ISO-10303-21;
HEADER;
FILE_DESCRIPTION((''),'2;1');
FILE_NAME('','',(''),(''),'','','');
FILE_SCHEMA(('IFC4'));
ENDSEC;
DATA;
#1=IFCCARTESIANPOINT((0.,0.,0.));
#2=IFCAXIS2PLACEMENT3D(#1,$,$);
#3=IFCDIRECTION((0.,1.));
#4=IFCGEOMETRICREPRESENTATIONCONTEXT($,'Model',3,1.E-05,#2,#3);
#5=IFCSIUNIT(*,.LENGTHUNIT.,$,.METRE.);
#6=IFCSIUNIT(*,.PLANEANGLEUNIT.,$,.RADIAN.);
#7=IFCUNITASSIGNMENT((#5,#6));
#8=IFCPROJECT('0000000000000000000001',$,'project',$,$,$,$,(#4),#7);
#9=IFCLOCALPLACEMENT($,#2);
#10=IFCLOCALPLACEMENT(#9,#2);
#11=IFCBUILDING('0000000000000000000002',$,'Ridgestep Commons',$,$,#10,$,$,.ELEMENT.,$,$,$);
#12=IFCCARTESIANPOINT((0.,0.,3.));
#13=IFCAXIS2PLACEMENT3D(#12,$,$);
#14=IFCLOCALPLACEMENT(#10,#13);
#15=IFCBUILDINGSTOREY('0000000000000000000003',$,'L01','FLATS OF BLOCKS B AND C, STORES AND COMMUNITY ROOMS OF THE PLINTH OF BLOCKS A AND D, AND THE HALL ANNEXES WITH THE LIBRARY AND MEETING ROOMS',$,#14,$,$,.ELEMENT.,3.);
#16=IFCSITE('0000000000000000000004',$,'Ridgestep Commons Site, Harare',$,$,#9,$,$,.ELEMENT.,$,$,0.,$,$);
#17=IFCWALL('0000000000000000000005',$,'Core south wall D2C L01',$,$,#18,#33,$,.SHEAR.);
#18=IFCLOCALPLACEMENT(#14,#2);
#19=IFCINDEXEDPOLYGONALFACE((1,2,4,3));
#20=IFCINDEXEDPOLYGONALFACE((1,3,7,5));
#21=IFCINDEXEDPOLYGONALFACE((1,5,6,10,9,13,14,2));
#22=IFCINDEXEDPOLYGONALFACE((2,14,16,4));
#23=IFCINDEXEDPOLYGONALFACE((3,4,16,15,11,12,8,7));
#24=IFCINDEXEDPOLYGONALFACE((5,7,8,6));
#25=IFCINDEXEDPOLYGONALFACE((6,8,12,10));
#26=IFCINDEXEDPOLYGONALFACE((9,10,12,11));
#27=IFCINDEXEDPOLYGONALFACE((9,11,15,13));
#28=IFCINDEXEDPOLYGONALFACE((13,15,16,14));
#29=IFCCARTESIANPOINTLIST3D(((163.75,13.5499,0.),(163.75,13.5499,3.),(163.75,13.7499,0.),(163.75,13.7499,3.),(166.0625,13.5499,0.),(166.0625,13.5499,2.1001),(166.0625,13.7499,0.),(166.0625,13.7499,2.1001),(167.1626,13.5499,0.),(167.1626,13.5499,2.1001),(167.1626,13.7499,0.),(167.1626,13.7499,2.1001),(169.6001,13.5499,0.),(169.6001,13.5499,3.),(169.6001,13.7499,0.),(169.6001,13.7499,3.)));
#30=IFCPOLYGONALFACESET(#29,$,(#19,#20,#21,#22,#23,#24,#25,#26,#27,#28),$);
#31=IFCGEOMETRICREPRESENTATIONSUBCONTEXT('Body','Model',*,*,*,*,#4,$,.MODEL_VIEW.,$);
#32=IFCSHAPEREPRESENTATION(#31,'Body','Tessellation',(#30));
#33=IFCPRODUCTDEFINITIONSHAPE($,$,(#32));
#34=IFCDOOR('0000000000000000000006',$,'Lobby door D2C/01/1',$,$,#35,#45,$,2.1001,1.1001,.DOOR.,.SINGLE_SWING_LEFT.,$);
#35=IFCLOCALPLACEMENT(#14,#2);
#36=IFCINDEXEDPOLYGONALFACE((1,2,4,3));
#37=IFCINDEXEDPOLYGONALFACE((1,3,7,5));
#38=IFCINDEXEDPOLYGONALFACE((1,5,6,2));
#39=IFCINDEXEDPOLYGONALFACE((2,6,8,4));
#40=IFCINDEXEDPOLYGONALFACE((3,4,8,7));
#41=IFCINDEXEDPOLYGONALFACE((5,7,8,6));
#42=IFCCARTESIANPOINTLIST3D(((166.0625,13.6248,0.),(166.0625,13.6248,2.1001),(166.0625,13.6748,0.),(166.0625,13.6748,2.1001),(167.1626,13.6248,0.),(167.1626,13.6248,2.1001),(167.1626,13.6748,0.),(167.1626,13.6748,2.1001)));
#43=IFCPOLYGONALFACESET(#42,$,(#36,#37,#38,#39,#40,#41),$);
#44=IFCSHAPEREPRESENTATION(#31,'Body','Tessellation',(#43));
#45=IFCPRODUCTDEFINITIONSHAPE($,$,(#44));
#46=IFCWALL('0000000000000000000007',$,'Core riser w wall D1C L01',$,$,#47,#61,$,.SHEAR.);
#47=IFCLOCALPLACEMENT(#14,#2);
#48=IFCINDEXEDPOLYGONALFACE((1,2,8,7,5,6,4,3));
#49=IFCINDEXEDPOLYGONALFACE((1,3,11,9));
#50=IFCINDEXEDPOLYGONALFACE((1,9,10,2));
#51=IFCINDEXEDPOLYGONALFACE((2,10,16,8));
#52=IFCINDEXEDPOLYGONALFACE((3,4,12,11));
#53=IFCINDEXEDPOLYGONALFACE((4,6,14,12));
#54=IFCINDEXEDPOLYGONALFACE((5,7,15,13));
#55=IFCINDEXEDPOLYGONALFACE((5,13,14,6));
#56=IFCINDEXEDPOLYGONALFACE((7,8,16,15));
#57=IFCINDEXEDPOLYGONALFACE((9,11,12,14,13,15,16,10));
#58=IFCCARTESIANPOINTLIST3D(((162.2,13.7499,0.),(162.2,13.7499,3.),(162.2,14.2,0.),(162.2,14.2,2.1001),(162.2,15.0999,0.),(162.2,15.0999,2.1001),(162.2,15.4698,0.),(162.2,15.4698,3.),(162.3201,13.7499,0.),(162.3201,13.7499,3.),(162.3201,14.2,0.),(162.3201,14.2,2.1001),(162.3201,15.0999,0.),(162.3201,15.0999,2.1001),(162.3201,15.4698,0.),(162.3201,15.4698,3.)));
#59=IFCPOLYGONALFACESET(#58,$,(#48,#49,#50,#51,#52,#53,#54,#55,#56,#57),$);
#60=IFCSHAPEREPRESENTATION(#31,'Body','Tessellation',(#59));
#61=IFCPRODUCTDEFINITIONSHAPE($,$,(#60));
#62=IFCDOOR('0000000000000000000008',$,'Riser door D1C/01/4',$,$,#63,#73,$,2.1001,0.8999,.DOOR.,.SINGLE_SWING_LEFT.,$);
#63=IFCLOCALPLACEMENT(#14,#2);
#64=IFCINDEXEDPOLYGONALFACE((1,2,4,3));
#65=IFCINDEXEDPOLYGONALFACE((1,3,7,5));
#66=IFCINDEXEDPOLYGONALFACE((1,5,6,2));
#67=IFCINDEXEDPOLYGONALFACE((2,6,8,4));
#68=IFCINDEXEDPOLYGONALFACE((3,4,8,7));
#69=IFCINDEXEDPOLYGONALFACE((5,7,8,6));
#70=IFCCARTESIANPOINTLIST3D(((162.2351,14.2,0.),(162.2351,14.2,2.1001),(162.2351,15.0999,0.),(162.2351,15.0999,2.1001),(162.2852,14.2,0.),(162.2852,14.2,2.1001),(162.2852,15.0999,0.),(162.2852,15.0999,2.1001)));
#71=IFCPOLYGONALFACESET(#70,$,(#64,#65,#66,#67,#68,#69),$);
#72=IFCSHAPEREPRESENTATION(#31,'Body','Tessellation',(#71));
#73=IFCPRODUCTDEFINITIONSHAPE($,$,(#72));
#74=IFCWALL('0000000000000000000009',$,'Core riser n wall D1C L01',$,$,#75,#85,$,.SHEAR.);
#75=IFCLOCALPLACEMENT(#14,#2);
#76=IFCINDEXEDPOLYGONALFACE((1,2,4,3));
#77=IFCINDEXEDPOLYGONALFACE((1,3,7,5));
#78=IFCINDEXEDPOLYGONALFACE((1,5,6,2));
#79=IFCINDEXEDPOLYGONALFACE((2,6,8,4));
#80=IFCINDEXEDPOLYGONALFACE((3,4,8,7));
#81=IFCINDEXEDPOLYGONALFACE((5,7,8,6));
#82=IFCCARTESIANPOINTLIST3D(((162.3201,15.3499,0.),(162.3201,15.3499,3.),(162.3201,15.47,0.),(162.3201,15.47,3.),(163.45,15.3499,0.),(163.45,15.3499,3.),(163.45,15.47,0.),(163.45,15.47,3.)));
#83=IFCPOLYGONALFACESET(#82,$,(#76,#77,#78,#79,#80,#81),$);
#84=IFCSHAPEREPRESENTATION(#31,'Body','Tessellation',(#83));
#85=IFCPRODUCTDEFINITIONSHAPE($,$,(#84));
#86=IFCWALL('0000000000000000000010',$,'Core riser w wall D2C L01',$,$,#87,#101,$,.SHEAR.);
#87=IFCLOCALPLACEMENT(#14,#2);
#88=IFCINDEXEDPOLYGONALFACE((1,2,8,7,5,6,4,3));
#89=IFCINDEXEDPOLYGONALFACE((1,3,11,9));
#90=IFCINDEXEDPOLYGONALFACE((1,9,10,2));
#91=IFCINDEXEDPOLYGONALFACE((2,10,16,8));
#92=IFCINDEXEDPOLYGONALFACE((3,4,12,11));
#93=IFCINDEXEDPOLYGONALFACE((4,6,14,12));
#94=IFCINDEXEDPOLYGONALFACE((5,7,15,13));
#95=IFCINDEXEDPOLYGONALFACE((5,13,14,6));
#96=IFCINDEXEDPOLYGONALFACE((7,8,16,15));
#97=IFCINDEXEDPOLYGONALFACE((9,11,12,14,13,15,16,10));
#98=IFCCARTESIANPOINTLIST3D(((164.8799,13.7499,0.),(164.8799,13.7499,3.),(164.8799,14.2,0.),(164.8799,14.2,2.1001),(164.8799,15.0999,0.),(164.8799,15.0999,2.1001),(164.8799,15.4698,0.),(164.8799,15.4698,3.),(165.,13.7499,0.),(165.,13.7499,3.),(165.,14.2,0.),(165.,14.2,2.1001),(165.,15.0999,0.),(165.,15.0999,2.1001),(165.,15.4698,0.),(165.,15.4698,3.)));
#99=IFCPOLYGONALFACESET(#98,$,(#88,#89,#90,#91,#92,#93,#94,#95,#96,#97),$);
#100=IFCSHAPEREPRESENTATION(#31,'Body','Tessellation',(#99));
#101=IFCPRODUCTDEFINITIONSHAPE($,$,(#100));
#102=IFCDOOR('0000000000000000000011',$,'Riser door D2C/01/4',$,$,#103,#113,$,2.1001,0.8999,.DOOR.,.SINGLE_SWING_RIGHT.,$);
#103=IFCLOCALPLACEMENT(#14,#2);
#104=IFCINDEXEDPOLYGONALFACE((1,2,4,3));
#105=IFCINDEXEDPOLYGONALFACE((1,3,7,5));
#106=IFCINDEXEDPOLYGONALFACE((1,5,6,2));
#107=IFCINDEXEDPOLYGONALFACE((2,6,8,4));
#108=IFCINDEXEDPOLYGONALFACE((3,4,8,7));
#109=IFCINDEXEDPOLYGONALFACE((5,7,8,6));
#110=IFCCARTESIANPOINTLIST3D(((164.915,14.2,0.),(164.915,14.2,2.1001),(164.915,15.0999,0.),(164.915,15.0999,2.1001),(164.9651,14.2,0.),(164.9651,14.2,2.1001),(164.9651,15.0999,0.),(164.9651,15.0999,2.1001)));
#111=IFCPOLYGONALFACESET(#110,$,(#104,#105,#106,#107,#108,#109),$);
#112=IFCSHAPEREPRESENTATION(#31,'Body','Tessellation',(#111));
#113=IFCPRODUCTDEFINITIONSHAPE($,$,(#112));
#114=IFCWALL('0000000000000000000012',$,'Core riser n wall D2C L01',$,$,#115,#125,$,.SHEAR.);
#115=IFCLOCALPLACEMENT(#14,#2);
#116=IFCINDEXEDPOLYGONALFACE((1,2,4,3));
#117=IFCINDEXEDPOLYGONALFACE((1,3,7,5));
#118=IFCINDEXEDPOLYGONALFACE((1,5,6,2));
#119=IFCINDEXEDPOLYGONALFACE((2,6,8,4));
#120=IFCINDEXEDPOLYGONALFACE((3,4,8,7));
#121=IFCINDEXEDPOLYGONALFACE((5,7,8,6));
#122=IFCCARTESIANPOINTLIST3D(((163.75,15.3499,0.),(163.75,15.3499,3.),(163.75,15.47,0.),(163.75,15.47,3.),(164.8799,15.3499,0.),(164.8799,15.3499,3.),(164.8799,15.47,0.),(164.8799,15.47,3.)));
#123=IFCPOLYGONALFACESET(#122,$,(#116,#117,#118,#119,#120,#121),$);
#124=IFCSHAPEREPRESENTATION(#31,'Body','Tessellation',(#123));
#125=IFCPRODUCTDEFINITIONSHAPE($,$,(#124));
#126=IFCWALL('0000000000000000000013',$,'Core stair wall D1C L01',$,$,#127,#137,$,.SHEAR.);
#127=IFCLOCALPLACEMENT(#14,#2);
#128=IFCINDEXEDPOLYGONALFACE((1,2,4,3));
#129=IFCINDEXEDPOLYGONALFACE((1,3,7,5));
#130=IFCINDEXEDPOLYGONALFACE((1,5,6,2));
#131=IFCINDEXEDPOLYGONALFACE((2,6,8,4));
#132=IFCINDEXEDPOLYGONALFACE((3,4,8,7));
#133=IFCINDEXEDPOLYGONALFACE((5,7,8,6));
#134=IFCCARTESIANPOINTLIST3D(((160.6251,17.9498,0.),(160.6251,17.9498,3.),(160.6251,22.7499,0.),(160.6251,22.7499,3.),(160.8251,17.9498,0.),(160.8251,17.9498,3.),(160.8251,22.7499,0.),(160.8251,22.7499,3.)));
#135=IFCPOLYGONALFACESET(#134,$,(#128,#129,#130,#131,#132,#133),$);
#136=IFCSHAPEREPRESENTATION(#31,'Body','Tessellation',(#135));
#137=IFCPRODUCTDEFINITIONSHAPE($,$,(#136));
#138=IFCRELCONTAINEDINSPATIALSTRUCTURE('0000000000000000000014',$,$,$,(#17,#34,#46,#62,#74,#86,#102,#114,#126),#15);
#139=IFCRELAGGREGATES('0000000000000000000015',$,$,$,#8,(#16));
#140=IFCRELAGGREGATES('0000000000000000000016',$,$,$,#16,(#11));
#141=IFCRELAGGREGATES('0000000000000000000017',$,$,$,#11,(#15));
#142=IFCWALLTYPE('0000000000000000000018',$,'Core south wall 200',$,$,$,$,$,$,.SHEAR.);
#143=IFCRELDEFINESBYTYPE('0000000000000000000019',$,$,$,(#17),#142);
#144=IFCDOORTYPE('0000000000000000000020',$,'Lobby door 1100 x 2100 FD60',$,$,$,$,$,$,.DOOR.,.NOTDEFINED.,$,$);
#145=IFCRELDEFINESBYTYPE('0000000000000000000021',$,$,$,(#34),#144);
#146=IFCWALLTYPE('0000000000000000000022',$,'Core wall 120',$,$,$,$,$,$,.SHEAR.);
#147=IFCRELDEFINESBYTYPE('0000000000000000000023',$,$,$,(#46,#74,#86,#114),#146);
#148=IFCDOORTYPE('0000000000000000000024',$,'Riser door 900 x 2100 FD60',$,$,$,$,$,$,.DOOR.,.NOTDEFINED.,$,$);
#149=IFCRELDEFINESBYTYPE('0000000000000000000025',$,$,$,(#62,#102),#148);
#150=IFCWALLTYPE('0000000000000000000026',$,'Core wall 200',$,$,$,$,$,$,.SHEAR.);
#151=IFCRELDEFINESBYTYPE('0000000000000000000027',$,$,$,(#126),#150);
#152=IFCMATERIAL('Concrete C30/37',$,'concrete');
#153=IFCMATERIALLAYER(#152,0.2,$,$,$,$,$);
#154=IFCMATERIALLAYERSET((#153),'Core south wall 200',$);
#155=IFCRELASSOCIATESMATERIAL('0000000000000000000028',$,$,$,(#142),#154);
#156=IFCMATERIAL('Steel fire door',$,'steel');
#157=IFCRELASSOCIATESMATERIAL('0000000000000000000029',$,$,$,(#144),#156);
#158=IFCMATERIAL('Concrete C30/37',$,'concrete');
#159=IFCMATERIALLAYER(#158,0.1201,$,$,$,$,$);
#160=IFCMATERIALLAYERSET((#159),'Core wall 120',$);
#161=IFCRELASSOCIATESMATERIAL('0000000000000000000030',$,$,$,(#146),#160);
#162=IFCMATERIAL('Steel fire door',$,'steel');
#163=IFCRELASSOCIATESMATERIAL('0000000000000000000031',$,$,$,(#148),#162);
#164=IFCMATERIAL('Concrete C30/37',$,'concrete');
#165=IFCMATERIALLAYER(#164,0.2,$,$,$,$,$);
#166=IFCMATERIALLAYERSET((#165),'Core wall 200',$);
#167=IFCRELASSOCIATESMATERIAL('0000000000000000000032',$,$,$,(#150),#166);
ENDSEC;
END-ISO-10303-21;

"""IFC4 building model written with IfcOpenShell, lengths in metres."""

from ifc_helpers import new_model, si_unit, direction, frame, frame_2d, origin, place, context, subcontext, project, spatial, rectangle, extrude, material, layer, layer_set, type_object, element, fill, save


model = new_model("IFC4")

# Units and contexts
model_context = context("Model", 3, precision=1e-05, world=origin(), true_north=direction((0.0, 1.0)))
body_context = subcontext(model_context, "Body", "Model", "MODEL_VIEW")
ifc_project = project(units=[si_unit("LENGTHUNIT", "METRE"), si_unit("PLANEANGLEUNIT", "RADIAN")], contexts=[model_context])

# Site, building, storey
site_placement = place(None, origin())
site = spatial("IfcSite", under=ifc_project, at=site_placement, Name="Ridgestep Commons Site, Harare", CompositionType="ELEMENT", RefElevation=0.0)
building_placement = place(site_placement, origin())
building = spatial("IfcBuilding", under=site, at=building_placement, Name="Ridgestep Commons", CompositionType="ELEMENT")
storey_placement = place(building_placement, frame((0.0, 0.0, 3.0)))
storey = spatial("IfcBuildingStorey", under=building, at=storey_placement, Name="L01", Description="FLATS OF BLOCKS B AND C, STORES AND COMMUNITY ROOMS OF THE PLINTH OF BLOCKS A AND D, AND THE HALL ANNEXES WITH THE LIBRARY AND MEETING ROOMS", CompositionType="ELEMENT", Elevation=3.0)

# Walls, openings, doors
ifc_material_1 = material(Name="Concrete C30/37", Category="concrete")
ifc_layer_1 = layer(ifc_material_1, 0.2)
ifc_layer_set_1 = layer_set([ifc_layer_1], Name="Core south wall 200")
wall_type_1 = type_object("IfcWallType", Name="Core south wall 200", PredefinedType="SHEAR", material=ifc_layer_set_1)
wall_1_placement = place(storey_placement, frame((163.75, 13.6499, 0.0), z_axis=(0.0, 0.0, 1.0), x_axis=(1.0, 0.0, 0.0)))
wall_1 = element("IfcWall", 1, at=wall_1_placement, inside=storey, type_object=wall_type_1, Name="Core south wall D2C L01", PredefinedType="SHEAR", context=body_context, shape_type="SweptSolid", body=[
    extrude(rectangle(XDim=5.8501, YDim=0.2, at=frame_2d((2.925, 0.0))), origin(), (0.0, 0.0, 1.0), 3.0),
])
opening_1_placement = place(wall_1_placement, frame((2.3125, 0.0, 0.0)))
opening_1 = element("IfcOpeningElement", 2, at=opening_1_placement, cuts=wall_1, PredefinedType="OPENING", context=body_context, shape_type="SweptSolid", body=[
    extrude(rectangle(XDim=1.1001, YDim=2.1001, at=frame_2d((0.55, 1.05))), frame((0.0, 0.1099, 0.0), z_axis=(0.0, -1.0, 0.0), x_axis=(1.0, 0.0, 0.0)), (0.0, 0.0, 1.0), 0.22),
])
ifc_material_2 = material(Name="Steel fire door", Category="steel")
door_type_1 = type_object("IfcDoorType", Name="Lobby door 1100 x 2100 FD60", OperationType="NOTDEFINED", PredefinedType="DOOR", material=ifc_material_2)
door_1_placement = place(opening_1_placement, origin())
door_1 = element("IfcDoor", 3, at=door_1_placement, inside=storey, type_object=door_type_1, Name="Lobby door D2C/01/1", OperationType="SINGLE_SWING_LEFT", OverallHeight=2.1001, OverallWidth=1.1001, PredefinedType="DOOR", context=body_context, shape_type="SweptSolid", body=[
    extrude(rectangle(XDim=1.1001, YDim=2.1001, at=frame_2d((0.55, 1.05))), frame((0.0, 0.0249, 0.0), z_axis=(0.0, -1.0, 0.0), x_axis=(1.0, 0.0, 0.0)), (0.0, 0.0, 1.0), 0.05),
])
fill(opening_1, door_1)
ifc_material_3 = material(Name="Concrete C30/37", Category="concrete")
ifc_layer_2 = layer(ifc_material_3, 0.1201)
ifc_layer_set_2 = layer_set([ifc_layer_2], Name="Core wall 120")
wall_type_2 = type_object("IfcWallType", Name="Core wall 120", PredefinedType="SHEAR", material=ifc_layer_set_2)
wall_2_placement = place(storey_placement, frame((162.26, 13.75, 0.0), z_axis=(0.0, 0.0, 1.0), x_axis=(0.0, 1.0, 0.0)))
wall_2 = element("IfcWall", 4, at=wall_2_placement, inside=storey, type_object=wall_type_2, Name="Core riser w wall D1C L01", PredefinedType="SHEAR", context=body_context, shape_type="SweptSolid", body=[
    extrude(rectangle(XDim=1.72, YDim=0.1201, at=frame_2d((0.8599, 0.0))), origin(), (0.0, 0.0, 1.0), 3.0),
])
opening_2_placement = place(wall_2_placement, frame((0.45, 0.0, 0.0)))
opening_2 = element("IfcOpeningElement", 5, at=opening_2_placement, cuts=wall_2, PredefinedType="OPENING", context=body_context, shape_type="SweptSolid", body=[
    extrude(rectangle(XDim=0.8999, YDim=2.1001, at=frame_2d((0.45, 1.05))), frame((0.0, 0.0701, 0.0), z_axis=(0.0, -1.0, 0.0), x_axis=(1.0, 0.0, 0.0)), (0.0, 0.0, 1.0), 0.1401),
])
ifc_material_4 = material(Name="Steel fire door", Category="steel")
door_type_2 = type_object("IfcDoorType", Name="Riser door 900 x 2100 FD60", OperationType="NOTDEFINED", PredefinedType="DOOR", material=ifc_material_4)
door_2_placement = place(opening_2_placement, origin())
door_2 = element("IfcDoor", 6, at=door_2_placement, inside=storey, type_object=door_type_2, Name="Riser door D1C/01/4", OperationType="SINGLE_SWING_LEFT", OverallHeight=2.1001, OverallWidth=0.8999, PredefinedType="DOOR", context=body_context, shape_type="SweptSolid", body=[
    extrude(rectangle(XDim=0.8999, YDim=2.1001, at=frame_2d((0.45, 1.05))), frame((0.0, 0.0249, 0.0), z_axis=(0.0, -1.0, 0.0), x_axis=(1.0, 0.0, 0.0)), (0.0, 0.0, 1.0), 0.05),
])
fill(opening_2, door_2)

# Wall
wall_3_placement = place(storey_placement, frame((162.3201, 15.4099, 0.0), z_axis=(0.0, 0.0, 1.0), x_axis=(1.0, 0.0, 0.0)))
element("IfcWall", 7, at=wall_3_placement, inside=storey, type_object=wall_type_2, Name="Core riser n wall D1C L01", PredefinedType="SHEAR", context=body_context, shape_type="SweptSolid", body=[
    extrude(rectangle(XDim=1.1299, YDim=0.1201, at=frame_2d((0.5649, 0.0))), origin(), (0.0, 0.0, 1.0), 3.0),
])

# Wall, opening, door
wall_4_placement = place(storey_placement, frame((164.9399, 13.75, 0.0), z_axis=(0.0, 0.0, 1.0), x_axis=(0.0, 1.0, 0.0)))
wall_4 = element("IfcWall", 8, at=wall_4_placement, inside=storey, type_object=wall_type_2, Name="Core riser w wall D2C L01", PredefinedType="SHEAR", context=body_context, shape_type="SweptSolid", body=[
    extrude(rectangle(XDim=1.72, YDim=0.1201, at=frame_2d((0.8599, 0.0))), origin(), (0.0, 0.0, 1.0), 3.0),
])
opening_3_placement = place(wall_4_placement, frame((0.45, 0.0, 0.0)))
opening_3 = element("IfcOpeningElement", 9, at=opening_3_placement, cuts=wall_4, PredefinedType="OPENING", context=body_context, shape_type="SweptSolid", body=[
    extrude(rectangle(XDim=0.8999, YDim=2.1001, at=frame_2d((0.45, 1.05))), frame((0.0, 0.0701, 0.0), z_axis=(0.0, -1.0, 0.0), x_axis=(1.0, 0.0, 0.0)), (0.0, 0.0, 1.0), 0.1401),
])
door_3_placement = place(opening_3_placement, origin())
door_3 = element("IfcDoor", 10, at=door_3_placement, inside=storey, type_object=door_type_2, Name="Riser door D2C/01/4", OperationType="SINGLE_SWING_RIGHT", OverallHeight=2.1001, OverallWidth=0.8999, PredefinedType="DOOR", context=body_context, shape_type="SweptSolid", body=[
    extrude(rectangle(XDim=0.8999, YDim=2.1001, at=frame_2d((0.45, 1.05))), frame((0.0, 0.0249, 0.0), z_axis=(0.0, -1.0, 0.0), x_axis=(1.0, 0.0, 0.0)), (0.0, 0.0, 1.0), 0.05),
])
fill(opening_3, door_3)

# Walls
wall_5_placement = place(storey_placement, frame((163.75, 15.4099, 0.0), z_axis=(0.0, 0.0, 1.0), x_axis=(1.0, 0.0, 0.0)))
element("IfcWall", 11, at=wall_5_placement, inside=storey, type_object=wall_type_2, Name="Core riser n wall D2C L01", PredefinedType="SHEAR", context=body_context, shape_type="SweptSolid", body=[
    extrude(rectangle(XDim=1.1299, YDim=0.1201, at=frame_2d((0.5649, 0.0))), origin(), (0.0, 0.0, 1.0), 3.0),
])
ifc_material_5 = material(Name="Concrete C30/37", Category="concrete")
ifc_layer_3 = layer(ifc_material_5, 0.2)
ifc_layer_set_3 = layer_set([ifc_layer_3], Name="Core wall 200")
wall_type_3 = type_object("IfcWallType", Name="Core wall 200", PredefinedType="SHEAR", material=ifc_layer_set_3)
wall_6_placement = place(storey_placement, frame((160.7251, 17.95, 0.0), z_axis=(0.0, 0.0, 1.0), x_axis=(0.0, 1.0, 0.0)))
element("IfcWall", 12, at=wall_6_placement, inside=storey, type_object=wall_type_3, Name="Core stair wall D1C L01", PredefinedType="SHEAR", context=body_context, shape_type="SweptSolid", body=[
    extrude(rectangle(XDim=4.8, YDim=0.2, at=frame_2d((2.3999, 0.0))), origin(), (0.0, 0.0, 1.0), 3.0),
])

save(model, "model.ifc")
